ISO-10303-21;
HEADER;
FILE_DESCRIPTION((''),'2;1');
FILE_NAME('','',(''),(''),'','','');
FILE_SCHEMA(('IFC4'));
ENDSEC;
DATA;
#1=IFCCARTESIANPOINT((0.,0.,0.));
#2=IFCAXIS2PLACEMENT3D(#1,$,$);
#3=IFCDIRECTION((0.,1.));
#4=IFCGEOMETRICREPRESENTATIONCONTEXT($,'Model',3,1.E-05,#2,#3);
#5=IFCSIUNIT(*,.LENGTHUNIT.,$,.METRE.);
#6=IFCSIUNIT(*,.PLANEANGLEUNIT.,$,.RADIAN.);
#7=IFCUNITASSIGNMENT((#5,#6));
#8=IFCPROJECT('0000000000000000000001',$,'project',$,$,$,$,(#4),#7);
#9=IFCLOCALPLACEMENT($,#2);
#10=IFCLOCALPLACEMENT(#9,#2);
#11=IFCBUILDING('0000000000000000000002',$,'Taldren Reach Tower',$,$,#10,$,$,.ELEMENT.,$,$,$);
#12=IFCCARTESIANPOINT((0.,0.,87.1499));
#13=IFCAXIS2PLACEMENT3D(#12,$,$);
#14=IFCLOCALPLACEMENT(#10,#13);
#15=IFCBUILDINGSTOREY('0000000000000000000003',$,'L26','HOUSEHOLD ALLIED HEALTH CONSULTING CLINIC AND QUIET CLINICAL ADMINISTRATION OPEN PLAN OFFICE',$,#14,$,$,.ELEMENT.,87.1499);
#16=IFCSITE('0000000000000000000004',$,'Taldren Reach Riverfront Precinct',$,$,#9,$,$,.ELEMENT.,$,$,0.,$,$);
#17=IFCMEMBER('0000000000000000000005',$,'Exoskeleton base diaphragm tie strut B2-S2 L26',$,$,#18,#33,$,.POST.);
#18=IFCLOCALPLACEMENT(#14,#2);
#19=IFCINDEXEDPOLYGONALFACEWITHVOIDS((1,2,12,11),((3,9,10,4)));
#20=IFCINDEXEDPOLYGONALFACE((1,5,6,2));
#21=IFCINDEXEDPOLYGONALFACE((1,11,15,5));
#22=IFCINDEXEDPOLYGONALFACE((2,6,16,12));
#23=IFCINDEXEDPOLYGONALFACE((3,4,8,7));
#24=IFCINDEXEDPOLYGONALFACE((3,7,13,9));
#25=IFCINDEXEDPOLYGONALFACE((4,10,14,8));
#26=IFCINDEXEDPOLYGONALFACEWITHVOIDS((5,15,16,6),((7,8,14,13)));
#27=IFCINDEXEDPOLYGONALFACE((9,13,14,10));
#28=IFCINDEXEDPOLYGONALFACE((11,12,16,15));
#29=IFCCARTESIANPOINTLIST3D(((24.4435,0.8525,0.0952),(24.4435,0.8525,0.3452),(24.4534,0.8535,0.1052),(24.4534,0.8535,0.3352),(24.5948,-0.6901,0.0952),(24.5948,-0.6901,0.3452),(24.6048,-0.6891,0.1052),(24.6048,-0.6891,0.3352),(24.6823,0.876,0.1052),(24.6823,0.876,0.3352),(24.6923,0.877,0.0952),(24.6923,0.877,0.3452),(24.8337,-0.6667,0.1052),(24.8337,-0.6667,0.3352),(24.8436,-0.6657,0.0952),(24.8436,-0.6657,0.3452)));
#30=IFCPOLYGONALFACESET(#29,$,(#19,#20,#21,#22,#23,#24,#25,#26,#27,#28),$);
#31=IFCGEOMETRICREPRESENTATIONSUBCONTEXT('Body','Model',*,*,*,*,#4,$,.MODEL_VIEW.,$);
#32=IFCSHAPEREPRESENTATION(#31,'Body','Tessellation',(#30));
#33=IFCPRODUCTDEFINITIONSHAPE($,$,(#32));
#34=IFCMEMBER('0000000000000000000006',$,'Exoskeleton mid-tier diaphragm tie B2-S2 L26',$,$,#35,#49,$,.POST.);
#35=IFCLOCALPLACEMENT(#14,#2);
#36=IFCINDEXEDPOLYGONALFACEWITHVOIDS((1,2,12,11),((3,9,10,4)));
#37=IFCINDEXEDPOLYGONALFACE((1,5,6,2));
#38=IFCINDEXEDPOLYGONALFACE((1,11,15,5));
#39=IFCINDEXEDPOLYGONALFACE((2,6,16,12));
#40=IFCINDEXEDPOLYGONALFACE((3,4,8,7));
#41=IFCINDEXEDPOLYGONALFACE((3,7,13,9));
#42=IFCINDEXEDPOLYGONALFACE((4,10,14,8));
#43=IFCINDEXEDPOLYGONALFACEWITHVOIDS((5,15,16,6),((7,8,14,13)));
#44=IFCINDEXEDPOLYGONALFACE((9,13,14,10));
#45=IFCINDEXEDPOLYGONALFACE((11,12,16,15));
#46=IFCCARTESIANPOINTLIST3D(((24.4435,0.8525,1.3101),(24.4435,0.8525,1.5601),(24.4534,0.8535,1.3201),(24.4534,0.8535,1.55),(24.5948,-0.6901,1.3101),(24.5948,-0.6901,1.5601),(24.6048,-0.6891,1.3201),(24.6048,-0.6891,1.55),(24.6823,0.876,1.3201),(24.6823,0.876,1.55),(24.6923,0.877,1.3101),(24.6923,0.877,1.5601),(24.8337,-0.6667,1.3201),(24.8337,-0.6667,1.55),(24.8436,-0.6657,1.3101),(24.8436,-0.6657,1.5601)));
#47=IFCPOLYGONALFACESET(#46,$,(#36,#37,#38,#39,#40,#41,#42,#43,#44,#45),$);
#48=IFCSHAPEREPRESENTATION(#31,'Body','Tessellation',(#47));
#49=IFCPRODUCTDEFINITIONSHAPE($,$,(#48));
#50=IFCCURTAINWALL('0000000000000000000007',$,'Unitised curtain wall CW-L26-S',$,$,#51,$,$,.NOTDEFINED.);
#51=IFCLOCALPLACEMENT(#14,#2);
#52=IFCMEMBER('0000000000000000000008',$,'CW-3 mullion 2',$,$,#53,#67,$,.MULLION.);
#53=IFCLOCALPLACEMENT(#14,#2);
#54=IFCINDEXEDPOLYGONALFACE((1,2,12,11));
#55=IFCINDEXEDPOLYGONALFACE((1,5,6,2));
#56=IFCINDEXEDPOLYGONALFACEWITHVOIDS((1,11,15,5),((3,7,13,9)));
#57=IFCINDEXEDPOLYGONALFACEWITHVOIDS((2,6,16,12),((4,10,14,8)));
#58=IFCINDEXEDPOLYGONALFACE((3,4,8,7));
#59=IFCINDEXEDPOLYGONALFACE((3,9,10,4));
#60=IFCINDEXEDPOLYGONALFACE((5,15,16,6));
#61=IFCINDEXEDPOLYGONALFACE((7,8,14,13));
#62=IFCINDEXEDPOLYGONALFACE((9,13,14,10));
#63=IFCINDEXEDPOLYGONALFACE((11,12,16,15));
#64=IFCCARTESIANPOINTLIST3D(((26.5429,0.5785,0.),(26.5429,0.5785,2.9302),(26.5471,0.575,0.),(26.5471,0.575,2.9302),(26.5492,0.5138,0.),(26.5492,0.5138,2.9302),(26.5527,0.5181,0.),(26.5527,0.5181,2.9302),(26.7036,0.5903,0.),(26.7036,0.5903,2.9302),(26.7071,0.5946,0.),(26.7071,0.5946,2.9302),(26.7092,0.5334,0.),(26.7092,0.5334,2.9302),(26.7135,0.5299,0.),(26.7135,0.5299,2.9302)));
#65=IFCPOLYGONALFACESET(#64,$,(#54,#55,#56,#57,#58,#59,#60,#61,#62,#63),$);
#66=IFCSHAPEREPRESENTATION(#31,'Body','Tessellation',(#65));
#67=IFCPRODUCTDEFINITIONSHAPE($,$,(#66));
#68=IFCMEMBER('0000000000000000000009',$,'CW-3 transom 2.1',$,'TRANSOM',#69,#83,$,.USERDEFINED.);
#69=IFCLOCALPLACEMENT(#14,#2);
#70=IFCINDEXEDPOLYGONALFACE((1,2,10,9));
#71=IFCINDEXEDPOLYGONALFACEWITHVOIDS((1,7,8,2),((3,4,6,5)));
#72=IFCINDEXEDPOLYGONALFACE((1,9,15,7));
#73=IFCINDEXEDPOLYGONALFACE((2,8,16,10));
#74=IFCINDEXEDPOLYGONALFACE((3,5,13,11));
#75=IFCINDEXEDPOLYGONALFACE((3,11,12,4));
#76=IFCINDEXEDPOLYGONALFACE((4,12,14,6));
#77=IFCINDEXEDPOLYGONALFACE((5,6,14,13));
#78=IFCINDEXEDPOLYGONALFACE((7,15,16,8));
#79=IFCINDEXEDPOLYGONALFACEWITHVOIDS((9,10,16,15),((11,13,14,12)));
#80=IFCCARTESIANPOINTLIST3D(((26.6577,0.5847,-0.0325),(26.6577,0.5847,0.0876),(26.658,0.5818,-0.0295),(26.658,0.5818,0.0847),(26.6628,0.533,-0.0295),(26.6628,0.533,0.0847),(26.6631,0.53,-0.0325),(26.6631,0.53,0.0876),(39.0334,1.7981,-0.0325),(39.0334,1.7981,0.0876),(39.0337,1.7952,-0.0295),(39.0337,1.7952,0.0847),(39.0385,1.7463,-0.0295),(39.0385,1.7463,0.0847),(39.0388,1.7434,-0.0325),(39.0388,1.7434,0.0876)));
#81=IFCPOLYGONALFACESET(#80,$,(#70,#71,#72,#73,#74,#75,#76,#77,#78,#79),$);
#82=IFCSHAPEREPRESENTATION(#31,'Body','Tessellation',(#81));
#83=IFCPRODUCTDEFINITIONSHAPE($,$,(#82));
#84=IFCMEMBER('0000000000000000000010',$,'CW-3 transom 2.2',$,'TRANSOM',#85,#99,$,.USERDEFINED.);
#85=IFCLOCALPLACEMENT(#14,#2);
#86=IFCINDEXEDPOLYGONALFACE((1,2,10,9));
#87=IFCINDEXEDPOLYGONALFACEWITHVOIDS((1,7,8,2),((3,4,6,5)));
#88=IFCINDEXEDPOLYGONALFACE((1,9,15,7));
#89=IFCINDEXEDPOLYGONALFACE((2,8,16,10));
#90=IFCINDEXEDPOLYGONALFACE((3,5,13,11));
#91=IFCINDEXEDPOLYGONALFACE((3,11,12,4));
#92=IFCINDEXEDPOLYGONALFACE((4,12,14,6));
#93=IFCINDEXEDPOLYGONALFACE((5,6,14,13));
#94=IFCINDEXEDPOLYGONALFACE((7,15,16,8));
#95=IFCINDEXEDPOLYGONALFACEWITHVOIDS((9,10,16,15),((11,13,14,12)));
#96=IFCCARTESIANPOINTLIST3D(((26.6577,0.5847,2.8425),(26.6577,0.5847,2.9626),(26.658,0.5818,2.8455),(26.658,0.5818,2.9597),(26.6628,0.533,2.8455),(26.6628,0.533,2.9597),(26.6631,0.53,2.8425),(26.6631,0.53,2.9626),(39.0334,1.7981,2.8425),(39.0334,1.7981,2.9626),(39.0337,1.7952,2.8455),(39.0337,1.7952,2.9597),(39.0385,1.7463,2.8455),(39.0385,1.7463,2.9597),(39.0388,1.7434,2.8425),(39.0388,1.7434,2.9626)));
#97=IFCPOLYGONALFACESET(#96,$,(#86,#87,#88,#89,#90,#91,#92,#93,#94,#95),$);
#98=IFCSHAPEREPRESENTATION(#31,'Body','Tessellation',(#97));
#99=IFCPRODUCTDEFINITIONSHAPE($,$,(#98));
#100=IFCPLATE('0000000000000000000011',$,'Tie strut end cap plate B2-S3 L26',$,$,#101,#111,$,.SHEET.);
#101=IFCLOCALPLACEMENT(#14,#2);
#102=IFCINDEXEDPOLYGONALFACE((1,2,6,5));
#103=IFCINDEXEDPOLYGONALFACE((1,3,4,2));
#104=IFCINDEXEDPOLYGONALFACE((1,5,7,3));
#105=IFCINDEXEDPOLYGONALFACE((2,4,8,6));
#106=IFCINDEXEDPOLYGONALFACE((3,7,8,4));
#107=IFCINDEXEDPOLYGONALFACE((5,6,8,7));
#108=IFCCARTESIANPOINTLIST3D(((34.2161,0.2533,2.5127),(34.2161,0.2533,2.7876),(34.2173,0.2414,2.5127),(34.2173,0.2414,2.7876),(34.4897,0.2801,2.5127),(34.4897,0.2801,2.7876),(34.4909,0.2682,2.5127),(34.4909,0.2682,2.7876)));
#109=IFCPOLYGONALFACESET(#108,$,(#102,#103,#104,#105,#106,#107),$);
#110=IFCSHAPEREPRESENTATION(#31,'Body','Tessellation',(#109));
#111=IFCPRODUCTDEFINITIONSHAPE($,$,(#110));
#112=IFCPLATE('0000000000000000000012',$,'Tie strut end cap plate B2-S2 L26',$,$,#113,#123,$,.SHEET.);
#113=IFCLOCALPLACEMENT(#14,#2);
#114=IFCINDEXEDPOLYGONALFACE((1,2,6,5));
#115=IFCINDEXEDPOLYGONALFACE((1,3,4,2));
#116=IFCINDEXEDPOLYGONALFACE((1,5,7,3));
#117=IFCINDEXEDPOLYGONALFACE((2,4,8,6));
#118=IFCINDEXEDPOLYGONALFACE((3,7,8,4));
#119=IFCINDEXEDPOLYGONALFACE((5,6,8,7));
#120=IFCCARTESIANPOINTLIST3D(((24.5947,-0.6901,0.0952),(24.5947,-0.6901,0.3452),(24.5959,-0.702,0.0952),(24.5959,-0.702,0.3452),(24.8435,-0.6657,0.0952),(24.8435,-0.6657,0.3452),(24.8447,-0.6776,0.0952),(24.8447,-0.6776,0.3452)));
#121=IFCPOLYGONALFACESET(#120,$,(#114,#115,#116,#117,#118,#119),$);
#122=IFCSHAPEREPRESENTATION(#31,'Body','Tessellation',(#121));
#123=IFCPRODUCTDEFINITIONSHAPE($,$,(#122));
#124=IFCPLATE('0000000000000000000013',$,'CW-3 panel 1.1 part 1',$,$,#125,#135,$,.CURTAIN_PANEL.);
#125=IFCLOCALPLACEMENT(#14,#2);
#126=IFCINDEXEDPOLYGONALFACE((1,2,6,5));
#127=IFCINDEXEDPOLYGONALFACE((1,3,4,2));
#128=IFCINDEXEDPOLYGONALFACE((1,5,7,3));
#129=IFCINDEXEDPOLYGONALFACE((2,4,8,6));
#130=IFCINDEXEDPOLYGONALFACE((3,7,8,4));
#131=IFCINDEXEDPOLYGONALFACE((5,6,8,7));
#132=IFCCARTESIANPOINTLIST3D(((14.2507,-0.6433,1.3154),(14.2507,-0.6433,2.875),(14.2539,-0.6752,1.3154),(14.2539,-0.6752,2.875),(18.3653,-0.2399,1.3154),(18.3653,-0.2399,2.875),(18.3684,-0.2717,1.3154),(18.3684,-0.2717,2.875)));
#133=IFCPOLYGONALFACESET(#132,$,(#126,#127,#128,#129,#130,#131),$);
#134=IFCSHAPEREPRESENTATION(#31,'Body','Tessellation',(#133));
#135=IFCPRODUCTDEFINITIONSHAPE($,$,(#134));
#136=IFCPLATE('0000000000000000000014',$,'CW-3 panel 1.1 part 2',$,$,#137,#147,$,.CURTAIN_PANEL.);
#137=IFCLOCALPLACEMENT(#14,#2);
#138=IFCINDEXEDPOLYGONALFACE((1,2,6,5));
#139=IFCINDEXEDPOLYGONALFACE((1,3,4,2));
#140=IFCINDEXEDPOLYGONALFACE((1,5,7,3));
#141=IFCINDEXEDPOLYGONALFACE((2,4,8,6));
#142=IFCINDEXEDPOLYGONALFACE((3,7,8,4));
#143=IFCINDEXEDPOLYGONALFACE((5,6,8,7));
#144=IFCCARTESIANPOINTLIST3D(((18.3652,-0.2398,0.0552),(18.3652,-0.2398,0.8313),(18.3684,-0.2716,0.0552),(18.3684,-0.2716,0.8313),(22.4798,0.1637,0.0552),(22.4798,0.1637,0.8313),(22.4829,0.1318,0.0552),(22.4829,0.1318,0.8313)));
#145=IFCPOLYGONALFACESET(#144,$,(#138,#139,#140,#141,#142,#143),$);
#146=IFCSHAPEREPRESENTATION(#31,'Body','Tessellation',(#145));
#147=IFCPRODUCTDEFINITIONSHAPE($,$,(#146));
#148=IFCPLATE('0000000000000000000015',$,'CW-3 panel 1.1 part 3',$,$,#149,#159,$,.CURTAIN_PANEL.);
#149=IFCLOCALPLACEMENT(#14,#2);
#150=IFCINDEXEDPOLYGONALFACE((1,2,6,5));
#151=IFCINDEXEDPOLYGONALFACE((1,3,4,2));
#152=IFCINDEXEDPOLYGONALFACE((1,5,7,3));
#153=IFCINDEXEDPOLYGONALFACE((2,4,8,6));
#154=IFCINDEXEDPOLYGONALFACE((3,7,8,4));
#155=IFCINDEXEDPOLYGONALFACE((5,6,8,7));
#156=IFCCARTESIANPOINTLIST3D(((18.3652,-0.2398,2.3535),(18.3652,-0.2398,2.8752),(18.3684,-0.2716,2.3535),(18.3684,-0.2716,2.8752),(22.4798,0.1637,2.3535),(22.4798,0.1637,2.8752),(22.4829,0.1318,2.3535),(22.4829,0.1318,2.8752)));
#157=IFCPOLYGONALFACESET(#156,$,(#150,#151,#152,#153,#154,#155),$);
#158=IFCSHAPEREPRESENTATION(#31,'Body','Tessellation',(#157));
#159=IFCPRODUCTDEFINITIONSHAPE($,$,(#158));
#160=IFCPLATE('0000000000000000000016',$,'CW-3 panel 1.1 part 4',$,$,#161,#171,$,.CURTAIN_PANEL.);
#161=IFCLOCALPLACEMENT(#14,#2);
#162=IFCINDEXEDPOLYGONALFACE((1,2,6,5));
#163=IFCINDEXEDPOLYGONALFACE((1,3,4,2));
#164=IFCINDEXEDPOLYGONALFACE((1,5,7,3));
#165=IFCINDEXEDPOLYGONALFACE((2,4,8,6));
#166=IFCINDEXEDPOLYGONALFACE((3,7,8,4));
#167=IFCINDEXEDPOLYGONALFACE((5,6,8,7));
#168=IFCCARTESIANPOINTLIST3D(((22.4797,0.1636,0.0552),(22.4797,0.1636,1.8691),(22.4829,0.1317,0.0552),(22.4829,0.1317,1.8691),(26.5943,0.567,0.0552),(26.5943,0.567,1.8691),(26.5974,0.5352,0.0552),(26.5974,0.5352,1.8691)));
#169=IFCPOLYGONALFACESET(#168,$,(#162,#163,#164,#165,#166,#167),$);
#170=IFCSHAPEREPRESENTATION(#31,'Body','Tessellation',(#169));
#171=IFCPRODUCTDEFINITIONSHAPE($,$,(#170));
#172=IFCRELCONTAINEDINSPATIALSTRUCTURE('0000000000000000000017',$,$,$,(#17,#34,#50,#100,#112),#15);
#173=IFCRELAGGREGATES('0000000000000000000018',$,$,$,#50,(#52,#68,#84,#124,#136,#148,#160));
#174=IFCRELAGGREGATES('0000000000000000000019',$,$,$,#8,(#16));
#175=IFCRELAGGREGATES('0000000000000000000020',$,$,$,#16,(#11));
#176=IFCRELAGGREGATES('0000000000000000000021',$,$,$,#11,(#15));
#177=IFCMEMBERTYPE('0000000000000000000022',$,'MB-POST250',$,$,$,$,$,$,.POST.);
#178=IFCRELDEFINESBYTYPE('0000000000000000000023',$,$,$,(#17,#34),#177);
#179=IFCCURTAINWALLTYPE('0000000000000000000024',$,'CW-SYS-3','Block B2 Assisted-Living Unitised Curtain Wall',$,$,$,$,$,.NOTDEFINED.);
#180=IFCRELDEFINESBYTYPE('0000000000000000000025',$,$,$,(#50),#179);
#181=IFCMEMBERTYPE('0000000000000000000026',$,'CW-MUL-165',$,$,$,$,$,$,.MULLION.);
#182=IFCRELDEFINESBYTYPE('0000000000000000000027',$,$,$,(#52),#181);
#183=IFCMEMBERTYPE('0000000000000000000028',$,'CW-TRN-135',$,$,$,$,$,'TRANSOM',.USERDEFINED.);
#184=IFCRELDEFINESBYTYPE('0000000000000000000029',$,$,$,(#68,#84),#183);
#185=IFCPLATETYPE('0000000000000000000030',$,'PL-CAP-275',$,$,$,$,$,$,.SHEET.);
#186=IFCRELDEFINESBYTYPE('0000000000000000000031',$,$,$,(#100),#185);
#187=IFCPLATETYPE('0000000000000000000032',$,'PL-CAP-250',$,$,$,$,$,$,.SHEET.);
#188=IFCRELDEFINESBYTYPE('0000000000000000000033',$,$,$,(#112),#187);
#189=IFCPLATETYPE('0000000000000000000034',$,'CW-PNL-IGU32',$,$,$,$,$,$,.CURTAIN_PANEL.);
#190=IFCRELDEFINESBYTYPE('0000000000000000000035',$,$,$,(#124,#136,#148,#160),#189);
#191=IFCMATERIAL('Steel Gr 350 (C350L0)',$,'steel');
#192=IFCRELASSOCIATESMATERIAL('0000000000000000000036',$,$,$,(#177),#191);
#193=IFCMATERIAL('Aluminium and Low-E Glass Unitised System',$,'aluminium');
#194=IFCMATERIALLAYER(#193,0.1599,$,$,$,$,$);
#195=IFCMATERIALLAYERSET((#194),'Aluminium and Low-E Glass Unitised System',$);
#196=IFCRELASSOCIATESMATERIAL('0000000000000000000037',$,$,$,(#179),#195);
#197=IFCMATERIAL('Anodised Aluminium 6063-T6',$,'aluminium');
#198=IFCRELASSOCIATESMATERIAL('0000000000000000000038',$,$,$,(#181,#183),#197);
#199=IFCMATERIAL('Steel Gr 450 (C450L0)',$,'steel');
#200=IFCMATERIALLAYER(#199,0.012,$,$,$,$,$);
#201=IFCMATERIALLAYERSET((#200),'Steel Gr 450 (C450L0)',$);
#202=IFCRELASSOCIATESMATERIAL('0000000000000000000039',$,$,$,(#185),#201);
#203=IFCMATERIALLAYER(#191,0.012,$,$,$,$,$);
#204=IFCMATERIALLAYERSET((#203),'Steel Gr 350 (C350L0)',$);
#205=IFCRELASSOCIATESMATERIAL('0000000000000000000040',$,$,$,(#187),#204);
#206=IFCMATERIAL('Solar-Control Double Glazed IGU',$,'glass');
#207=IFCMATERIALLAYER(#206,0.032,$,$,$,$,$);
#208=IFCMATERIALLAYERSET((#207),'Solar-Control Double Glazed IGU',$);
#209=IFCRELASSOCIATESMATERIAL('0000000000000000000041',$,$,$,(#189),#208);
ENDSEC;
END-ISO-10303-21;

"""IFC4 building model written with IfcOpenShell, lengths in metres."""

from ifc_helpers import new_model, si_unit, direction, frame, origin, origin_2d, place, context, subcontext, project, spatial, rectangle, hollow_rectangle, extrude, source, transform, mapped, material, layer, layer_set, material_profile, profile_set, type_object, element, aggregate, save


model = new_model("IFC4")

# Units and contexts
model_context = context("Model", 3, precision=1e-05, world=origin(), true_north=direction((0.0, 1.0)))
body_context = subcontext(model_context, "Body", "Model", "MODEL_VIEW")
ifc_project = project(units=[si_unit("LENGTHUNIT", "METRE"), si_unit("PLANEANGLEUNIT", "RADIAN")], contexts=[model_context])

# Site, building, storey
site_placement = place(None, origin())
site = spatial("IfcSite", under=ifc_project, at=site_placement, Name="Taldren Reach Riverfront Precinct", CompositionType="ELEMENT", RefElevation=0.0)
building_placement = place(site_placement, origin())
building = spatial("IfcBuilding", under=site, at=building_placement, Name="Taldren Reach Tower", CompositionType="ELEMENT")
storey_placement = place(building_placement, frame((0.0, 0.0, 87.1499)))
storey = spatial("IfcBuildingStorey", under=building, at=storey_placement, Name="L26", Description="HOUSEHOLD ALLIED HEALTH CONSULTING CLINIC AND QUIET CLINICAL ADMINISTRATION OPEN PLAN OFFICE", CompositionType="ELEMENT", Elevation=87.1499)

# Members
ifc_material_1 = material(Name="Steel Gr 450 (C450L0)", Category="steel")
ifc_material_2 = material(Name="Steel Gr 350 (C350L0)", Category="steel")
ifc_material_profile_1 = material_profile(ifc_material_2, hollow_rectangle(XDim=0.25, YDim=0.25, WallThickness=0.01, at=origin_2d()), Name="250x250x10.0SHS")
ifc_profile_set_1 = profile_set([ifc_material_profile_1], Name="Steel Gr 350 (C350L0)")
member_type_1 = type_object("IfcMemberType", Name="MB-POST250", PredefinedType="POST", material=ifc_profile_set_1)
shared_shape_1 = source(origin(), body_context, "Body", "SweptSolid", [
    extrude(hollow_rectangle(XDim=0.25, YDim=0.25, WallThickness=0.01, at=origin_2d()), origin(), (0.0, 0.0, 1.0), 1.55),
])
for number, where, z_axis, x_axis, name in (
    (1, (24.5679, 0.8647, 0.2202), (0.097648, -0.995221, 0.0), (0.995221, 0.097648, 0.0), "Exoskeleton base diaphragm tie strut B2-S2 L26"),
    (2, (24.5679, 0.8647, 1.4351), (0.097648, -0.995221, 0.0), (0.995221, 0.097648, 0.0), "Exoskeleton mid-tier diaphragm tie B2-S2 L26"),
):
    element("IfcMember", number, at=place(storey_placement, frame(where, z_axis=z_axis, x_axis=x_axis)), inside=storey, type_object=member_type_1, Name=name, PredefinedType="POST", context=body_context, shape_type="MappedRepresentation", body=[
        mapped(shared_shape_1, transform((0.0, 0.0, 0.0), scale=1.0)),
    ])

# Curtain wall, members
ifc_material_3 = material(Name="Aluminium and Low-E Glass Unitised System", Category="aluminium")
ifc_layer_1 = layer(ifc_material_3, 0.1599)
ifc_layer_set_1 = layer_set([ifc_layer_1], Name="Aluminium and Low-E Glass Unitised System")
curtain_wall_type = type_object("IfcCurtainWallType", Name="CW-SYS-3", Description="Block B2 Assisted-Living Unitised Curtain Wall", PredefinedType="NOTDEFINED", material=ifc_layer_set_1)
curtain_wall_placement = place(storey_placement, origin())
curtain_wall = element("IfcCurtainWall", 3, at=curtain_wall_placement, inside=storey, type_object=curtain_wall_type, Name="Unitised curtain wall CW-L26-S", PredefinedType="NOTDEFINED")
ifc_material_4 = material(Name="Anodised Aluminium 6063-T6", Category="aluminium")
ifc_material_profile_2 = material_profile(ifc_material_4, hollow_rectangle(XDim=0.0649, YDim=0.165, WallThickness=0.0039, at=origin_2d()), Name="ALU-165x65x4RHS")
ifc_profile_set_2 = profile_set([ifc_material_profile_2], Name="Anodised Aluminium 6063-T6")
member_type_2 = type_object("IfcMemberType", Name="CW-MUL-165", PredefinedType="MULLION", material=ifc_profile_set_2)
shared_shape_2 = source(origin(), body_context, "Body", "SweptSolid", [
    extrude(hollow_rectangle(XDim=0.0649, YDim=0.165, WallThickness=0.0039, at=origin_2d()), origin(), (0.0, 0.0, 1.0), 2.9302),
])
member_1_placement = place(storey_placement, frame((26.6282, 0.5542, 0.0), z_axis=(0.0, 0.0, 1.0), x_axis=(-0.097583, 0.995227, 0.0)))
member_1 = element("IfcMember", 4, at=member_1_placement, type_object=member_type_2, Name="CW-3 mullion 2", PredefinedType="MULLION", context=body_context, shape_type="MappedRepresentation", body=[
    mapped(shared_shape_2, transform((0.0, 0.0, 0.0), scale=1.0)),
])
ifc_material_profile_3 = material_profile(ifc_material_4, hollow_rectangle(XDim=0.0549, YDim=0.1201, WallThickness=0.0029, at=origin_2d()), Name="ALU-120x55x3RHS")
ifc_profile_set_3 = profile_set([ifc_material_profile_3], Name="Anodised Aluminium 6063-T6")
member_type_3 = type_object("IfcMemberType", Name="CW-TRN-135", ElementType="TRANSOM", PredefinedType="USERDEFINED", material=ifc_profile_set_3)
shared_shape_3 = source(origin(), body_context, "Body", "SweptSolid", [
    extrude(hollow_rectangle(XDim=0.0549, YDim=0.1201, WallThickness=0.0029, at=origin_2d()), origin(), (0.0, 0.0, 1.0), 12.4351),
])
member_2_placement = place(storey_placement, frame((26.6604, 0.5574, 0.0276), z_axis=(0.995228, 0.097577, 0.0), x_axis=(-0.097577, 0.995228, 0.0)))
member_2 = element("IfcMember", 5, at=member_2_placement, type_object=member_type_3, Name="CW-3 transom 2.1", ObjectType="TRANSOM", PredefinedType="USERDEFINED", context=body_context, shape_type="MappedRepresentation", body=[
    mapped(shared_shape_3, transform((0.0, 0.0, 0.0), scale=1.0)),
])
member_3_placement = place(storey_placement, frame((26.6604, 0.5574, 2.9026), z_axis=(0.995228, 0.097577, 0.0), x_axis=(-0.097577, 0.995228, 0.0)))
member_3 = element("IfcMember", 6, at=member_3_placement, type_object=member_type_3, Name="CW-3 transom 2.2", ObjectType="TRANSOM", PredefinedType="USERDEFINED", context=body_context, shape_type="MappedRepresentation", body=[
    mapped(shared_shape_3, transform((0.0, 0.0, 0.0), scale=1.0)),
])

# Plates
ifc_layer_2 = layer(ifc_material_1, 0.012)
ifc_layer_set_2 = layer_set([ifc_layer_2], Name="Steel Gr 450 (C450L0)")
plate_type_1 = type_object("IfcPlateType", Name="PL-CAP-275", PredefinedType="SHEET", material=ifc_layer_set_2)
shared_shape_4 = source(origin(), body_context, "Body", "SweptSolid", [
    extrude(rectangle(XDim=0.2749, YDim=0.012, at=origin_2d()), origin(), (0.0, 0.0, 1.0), 0.2749),
])
plate_1_placement = place(storey_placement, frame((34.3535, 0.2607, 2.5127), z_axis=(0.0, 0.0, 1.0), x_axis=(0.995227, 0.097583, 0.0)))
element("IfcPlate", 7, at=plate_1_placement, inside=storey, type_object=plate_type_1, Name="Tie strut end cap plate B2-S3 L26", PredefinedType="SHEET", context=body_context, shape_type="MappedRepresentation", body=[
    mapped(shared_shape_4, transform((0.0, 0.0, 0.0), scale=1.0)),
])
ifc_layer_3 = layer(ifc_material_2, 0.012)
ifc_layer_set_3 = layer_set([ifc_layer_3], Name="Steel Gr 350 (C350L0)")
plate_type_2 = type_object("IfcPlateType", Name="PL-CAP-250", PredefinedType="SHEET", material=ifc_layer_set_3)
shared_shape_5 = source(origin(), body_context, "Body", "SweptSolid", [
    extrude(rectangle(XDim=0.25, YDim=0.012, at=origin_2d()), origin(), (0.0, 0.0, 1.0), 0.25),
])
plate_2_placement = place(storey_placement, frame((24.7197, -0.6838, 0.0952), z_axis=(0.0, 0.0, 1.0), x_axis=(0.995227, 0.097583, 0.0)))
element("IfcPlate", 8, at=plate_2_placement, inside=storey, type_object=plate_type_2, Name="Tie strut end cap plate B2-S2 L26", PredefinedType="SHEET", context=body_context, shape_type="MappedRepresentation", body=[
    mapped(shared_shape_5, transform((0.0, 0.0, 0.0), scale=1.0)),
])

# Plates
ifc_material_5 = material(Name="Solar-Control Double Glazed IGU", Category="glass")
ifc_layer_4 = layer(ifc_material_5, 0.032)
ifc_layer_set_4 = layer_set([ifc_layer_4], Name="Solar-Control Double Glazed IGU")
plate_type_3 = type_object("IfcPlateType", Name="CW-PNL-IGU32", PredefinedType="CURTAIN_PANEL", material=ifc_layer_set_4)
shared_shape_6 = source(origin(), body_context, "Body", "SweptSolid", [
    extrude(rectangle(XDim=4.1343, YDim=0.032, at=origin_2d()), origin(), (0.0, 0.0, 1.0), 1.5596),
])
plate_3_placement = place(storey_placement, frame((16.3096, -0.4575, 1.3154), z_axis=(0.0, 0.0, 1.0), x_axis=(0.995227, 0.097583, 0.0)))
plate_3 = element("IfcPlate", 9, at=plate_3_placement, type_object=plate_type_3, Name="CW-3 panel 1.1 part 1", PredefinedType="CURTAIN_PANEL", context=body_context, shape_type="MappedRepresentation", body=[
    mapped(shared_shape_6, transform((0.0, 0.0, 0.0), scale=1.0)),
])
shared_shape_7 = source(origin(), body_context, "Body", "SweptSolid", [
    extrude(rectangle(XDim=4.1343, YDim=0.032, at=origin_2d()), origin(), (0.0, 0.0, 1.0), 0.7761),
])
plate_4_placement = place(storey_placement, frame((20.4241, -0.054, 0.0552), z_axis=(0.0, 0.0, 1.0), x_axis=(0.995227, 0.097583, 0.0)))
plate_4 = element("IfcPlate", 10, at=plate_4_placement, type_object=plate_type_3, Name="CW-3 panel 1.1 part 2", PredefinedType="CURTAIN_PANEL", context=body_context, shape_type="MappedRepresentation", body=[
    mapped(shared_shape_7, transform((0.0, 0.0, 0.0), scale=1.0)),
])
shared_shape_8 = source(origin(), body_context, "Body", "SweptSolid", [
    extrude(rectangle(XDim=4.1343, YDim=0.032, at=origin_2d()), origin(), (0.0, 0.0, 1.0), 0.5217),
])
plate_5_placement = place(storey_placement, frame((20.4241, -0.054, 2.3535), z_axis=(0.0, 0.0, 1.0), x_axis=(0.995227, 0.097583, 0.0)))
plate_5 = element("IfcPlate", 11, at=plate_5_placement, type_object=plate_type_3, Name="CW-3 panel 1.1 part 3", PredefinedType="CURTAIN_PANEL", context=body_context, shape_type="MappedRepresentation", body=[
    mapped(shared_shape_8, transform((0.0, 0.0, 0.0), scale=1.0)),
])
shared_shape_9 = source(origin(), body_context, "Body", "SweptSolid", [
    extrude(rectangle(XDim=4.1343, YDim=0.032, at=origin_2d()), origin(), (0.0, 0.0, 1.0), 1.814),
])
plate_6_placement = place(storey_placement, frame((24.5386, 0.3494, 0.0552), z_axis=(0.0, 0.0, 1.0), x_axis=(0.995227, 0.097583, 0.0)))
plate_6 = element("IfcPlate", 12, at=plate_6_placement, type_object=plate_type_3, Name="CW-3 panel 1.1 part 4", PredefinedType="CURTAIN_PANEL", context=body_context, shape_type="MappedRepresentation", body=[
    mapped(shared_shape_9, transform((0.0, 0.0, 0.0), scale=1.0)),
])
aggregate(curtain_wall, [member_1, member_2, member_3, plate_3, plate_4, plate_5, plate_6])

save(model, "model.ifc")
